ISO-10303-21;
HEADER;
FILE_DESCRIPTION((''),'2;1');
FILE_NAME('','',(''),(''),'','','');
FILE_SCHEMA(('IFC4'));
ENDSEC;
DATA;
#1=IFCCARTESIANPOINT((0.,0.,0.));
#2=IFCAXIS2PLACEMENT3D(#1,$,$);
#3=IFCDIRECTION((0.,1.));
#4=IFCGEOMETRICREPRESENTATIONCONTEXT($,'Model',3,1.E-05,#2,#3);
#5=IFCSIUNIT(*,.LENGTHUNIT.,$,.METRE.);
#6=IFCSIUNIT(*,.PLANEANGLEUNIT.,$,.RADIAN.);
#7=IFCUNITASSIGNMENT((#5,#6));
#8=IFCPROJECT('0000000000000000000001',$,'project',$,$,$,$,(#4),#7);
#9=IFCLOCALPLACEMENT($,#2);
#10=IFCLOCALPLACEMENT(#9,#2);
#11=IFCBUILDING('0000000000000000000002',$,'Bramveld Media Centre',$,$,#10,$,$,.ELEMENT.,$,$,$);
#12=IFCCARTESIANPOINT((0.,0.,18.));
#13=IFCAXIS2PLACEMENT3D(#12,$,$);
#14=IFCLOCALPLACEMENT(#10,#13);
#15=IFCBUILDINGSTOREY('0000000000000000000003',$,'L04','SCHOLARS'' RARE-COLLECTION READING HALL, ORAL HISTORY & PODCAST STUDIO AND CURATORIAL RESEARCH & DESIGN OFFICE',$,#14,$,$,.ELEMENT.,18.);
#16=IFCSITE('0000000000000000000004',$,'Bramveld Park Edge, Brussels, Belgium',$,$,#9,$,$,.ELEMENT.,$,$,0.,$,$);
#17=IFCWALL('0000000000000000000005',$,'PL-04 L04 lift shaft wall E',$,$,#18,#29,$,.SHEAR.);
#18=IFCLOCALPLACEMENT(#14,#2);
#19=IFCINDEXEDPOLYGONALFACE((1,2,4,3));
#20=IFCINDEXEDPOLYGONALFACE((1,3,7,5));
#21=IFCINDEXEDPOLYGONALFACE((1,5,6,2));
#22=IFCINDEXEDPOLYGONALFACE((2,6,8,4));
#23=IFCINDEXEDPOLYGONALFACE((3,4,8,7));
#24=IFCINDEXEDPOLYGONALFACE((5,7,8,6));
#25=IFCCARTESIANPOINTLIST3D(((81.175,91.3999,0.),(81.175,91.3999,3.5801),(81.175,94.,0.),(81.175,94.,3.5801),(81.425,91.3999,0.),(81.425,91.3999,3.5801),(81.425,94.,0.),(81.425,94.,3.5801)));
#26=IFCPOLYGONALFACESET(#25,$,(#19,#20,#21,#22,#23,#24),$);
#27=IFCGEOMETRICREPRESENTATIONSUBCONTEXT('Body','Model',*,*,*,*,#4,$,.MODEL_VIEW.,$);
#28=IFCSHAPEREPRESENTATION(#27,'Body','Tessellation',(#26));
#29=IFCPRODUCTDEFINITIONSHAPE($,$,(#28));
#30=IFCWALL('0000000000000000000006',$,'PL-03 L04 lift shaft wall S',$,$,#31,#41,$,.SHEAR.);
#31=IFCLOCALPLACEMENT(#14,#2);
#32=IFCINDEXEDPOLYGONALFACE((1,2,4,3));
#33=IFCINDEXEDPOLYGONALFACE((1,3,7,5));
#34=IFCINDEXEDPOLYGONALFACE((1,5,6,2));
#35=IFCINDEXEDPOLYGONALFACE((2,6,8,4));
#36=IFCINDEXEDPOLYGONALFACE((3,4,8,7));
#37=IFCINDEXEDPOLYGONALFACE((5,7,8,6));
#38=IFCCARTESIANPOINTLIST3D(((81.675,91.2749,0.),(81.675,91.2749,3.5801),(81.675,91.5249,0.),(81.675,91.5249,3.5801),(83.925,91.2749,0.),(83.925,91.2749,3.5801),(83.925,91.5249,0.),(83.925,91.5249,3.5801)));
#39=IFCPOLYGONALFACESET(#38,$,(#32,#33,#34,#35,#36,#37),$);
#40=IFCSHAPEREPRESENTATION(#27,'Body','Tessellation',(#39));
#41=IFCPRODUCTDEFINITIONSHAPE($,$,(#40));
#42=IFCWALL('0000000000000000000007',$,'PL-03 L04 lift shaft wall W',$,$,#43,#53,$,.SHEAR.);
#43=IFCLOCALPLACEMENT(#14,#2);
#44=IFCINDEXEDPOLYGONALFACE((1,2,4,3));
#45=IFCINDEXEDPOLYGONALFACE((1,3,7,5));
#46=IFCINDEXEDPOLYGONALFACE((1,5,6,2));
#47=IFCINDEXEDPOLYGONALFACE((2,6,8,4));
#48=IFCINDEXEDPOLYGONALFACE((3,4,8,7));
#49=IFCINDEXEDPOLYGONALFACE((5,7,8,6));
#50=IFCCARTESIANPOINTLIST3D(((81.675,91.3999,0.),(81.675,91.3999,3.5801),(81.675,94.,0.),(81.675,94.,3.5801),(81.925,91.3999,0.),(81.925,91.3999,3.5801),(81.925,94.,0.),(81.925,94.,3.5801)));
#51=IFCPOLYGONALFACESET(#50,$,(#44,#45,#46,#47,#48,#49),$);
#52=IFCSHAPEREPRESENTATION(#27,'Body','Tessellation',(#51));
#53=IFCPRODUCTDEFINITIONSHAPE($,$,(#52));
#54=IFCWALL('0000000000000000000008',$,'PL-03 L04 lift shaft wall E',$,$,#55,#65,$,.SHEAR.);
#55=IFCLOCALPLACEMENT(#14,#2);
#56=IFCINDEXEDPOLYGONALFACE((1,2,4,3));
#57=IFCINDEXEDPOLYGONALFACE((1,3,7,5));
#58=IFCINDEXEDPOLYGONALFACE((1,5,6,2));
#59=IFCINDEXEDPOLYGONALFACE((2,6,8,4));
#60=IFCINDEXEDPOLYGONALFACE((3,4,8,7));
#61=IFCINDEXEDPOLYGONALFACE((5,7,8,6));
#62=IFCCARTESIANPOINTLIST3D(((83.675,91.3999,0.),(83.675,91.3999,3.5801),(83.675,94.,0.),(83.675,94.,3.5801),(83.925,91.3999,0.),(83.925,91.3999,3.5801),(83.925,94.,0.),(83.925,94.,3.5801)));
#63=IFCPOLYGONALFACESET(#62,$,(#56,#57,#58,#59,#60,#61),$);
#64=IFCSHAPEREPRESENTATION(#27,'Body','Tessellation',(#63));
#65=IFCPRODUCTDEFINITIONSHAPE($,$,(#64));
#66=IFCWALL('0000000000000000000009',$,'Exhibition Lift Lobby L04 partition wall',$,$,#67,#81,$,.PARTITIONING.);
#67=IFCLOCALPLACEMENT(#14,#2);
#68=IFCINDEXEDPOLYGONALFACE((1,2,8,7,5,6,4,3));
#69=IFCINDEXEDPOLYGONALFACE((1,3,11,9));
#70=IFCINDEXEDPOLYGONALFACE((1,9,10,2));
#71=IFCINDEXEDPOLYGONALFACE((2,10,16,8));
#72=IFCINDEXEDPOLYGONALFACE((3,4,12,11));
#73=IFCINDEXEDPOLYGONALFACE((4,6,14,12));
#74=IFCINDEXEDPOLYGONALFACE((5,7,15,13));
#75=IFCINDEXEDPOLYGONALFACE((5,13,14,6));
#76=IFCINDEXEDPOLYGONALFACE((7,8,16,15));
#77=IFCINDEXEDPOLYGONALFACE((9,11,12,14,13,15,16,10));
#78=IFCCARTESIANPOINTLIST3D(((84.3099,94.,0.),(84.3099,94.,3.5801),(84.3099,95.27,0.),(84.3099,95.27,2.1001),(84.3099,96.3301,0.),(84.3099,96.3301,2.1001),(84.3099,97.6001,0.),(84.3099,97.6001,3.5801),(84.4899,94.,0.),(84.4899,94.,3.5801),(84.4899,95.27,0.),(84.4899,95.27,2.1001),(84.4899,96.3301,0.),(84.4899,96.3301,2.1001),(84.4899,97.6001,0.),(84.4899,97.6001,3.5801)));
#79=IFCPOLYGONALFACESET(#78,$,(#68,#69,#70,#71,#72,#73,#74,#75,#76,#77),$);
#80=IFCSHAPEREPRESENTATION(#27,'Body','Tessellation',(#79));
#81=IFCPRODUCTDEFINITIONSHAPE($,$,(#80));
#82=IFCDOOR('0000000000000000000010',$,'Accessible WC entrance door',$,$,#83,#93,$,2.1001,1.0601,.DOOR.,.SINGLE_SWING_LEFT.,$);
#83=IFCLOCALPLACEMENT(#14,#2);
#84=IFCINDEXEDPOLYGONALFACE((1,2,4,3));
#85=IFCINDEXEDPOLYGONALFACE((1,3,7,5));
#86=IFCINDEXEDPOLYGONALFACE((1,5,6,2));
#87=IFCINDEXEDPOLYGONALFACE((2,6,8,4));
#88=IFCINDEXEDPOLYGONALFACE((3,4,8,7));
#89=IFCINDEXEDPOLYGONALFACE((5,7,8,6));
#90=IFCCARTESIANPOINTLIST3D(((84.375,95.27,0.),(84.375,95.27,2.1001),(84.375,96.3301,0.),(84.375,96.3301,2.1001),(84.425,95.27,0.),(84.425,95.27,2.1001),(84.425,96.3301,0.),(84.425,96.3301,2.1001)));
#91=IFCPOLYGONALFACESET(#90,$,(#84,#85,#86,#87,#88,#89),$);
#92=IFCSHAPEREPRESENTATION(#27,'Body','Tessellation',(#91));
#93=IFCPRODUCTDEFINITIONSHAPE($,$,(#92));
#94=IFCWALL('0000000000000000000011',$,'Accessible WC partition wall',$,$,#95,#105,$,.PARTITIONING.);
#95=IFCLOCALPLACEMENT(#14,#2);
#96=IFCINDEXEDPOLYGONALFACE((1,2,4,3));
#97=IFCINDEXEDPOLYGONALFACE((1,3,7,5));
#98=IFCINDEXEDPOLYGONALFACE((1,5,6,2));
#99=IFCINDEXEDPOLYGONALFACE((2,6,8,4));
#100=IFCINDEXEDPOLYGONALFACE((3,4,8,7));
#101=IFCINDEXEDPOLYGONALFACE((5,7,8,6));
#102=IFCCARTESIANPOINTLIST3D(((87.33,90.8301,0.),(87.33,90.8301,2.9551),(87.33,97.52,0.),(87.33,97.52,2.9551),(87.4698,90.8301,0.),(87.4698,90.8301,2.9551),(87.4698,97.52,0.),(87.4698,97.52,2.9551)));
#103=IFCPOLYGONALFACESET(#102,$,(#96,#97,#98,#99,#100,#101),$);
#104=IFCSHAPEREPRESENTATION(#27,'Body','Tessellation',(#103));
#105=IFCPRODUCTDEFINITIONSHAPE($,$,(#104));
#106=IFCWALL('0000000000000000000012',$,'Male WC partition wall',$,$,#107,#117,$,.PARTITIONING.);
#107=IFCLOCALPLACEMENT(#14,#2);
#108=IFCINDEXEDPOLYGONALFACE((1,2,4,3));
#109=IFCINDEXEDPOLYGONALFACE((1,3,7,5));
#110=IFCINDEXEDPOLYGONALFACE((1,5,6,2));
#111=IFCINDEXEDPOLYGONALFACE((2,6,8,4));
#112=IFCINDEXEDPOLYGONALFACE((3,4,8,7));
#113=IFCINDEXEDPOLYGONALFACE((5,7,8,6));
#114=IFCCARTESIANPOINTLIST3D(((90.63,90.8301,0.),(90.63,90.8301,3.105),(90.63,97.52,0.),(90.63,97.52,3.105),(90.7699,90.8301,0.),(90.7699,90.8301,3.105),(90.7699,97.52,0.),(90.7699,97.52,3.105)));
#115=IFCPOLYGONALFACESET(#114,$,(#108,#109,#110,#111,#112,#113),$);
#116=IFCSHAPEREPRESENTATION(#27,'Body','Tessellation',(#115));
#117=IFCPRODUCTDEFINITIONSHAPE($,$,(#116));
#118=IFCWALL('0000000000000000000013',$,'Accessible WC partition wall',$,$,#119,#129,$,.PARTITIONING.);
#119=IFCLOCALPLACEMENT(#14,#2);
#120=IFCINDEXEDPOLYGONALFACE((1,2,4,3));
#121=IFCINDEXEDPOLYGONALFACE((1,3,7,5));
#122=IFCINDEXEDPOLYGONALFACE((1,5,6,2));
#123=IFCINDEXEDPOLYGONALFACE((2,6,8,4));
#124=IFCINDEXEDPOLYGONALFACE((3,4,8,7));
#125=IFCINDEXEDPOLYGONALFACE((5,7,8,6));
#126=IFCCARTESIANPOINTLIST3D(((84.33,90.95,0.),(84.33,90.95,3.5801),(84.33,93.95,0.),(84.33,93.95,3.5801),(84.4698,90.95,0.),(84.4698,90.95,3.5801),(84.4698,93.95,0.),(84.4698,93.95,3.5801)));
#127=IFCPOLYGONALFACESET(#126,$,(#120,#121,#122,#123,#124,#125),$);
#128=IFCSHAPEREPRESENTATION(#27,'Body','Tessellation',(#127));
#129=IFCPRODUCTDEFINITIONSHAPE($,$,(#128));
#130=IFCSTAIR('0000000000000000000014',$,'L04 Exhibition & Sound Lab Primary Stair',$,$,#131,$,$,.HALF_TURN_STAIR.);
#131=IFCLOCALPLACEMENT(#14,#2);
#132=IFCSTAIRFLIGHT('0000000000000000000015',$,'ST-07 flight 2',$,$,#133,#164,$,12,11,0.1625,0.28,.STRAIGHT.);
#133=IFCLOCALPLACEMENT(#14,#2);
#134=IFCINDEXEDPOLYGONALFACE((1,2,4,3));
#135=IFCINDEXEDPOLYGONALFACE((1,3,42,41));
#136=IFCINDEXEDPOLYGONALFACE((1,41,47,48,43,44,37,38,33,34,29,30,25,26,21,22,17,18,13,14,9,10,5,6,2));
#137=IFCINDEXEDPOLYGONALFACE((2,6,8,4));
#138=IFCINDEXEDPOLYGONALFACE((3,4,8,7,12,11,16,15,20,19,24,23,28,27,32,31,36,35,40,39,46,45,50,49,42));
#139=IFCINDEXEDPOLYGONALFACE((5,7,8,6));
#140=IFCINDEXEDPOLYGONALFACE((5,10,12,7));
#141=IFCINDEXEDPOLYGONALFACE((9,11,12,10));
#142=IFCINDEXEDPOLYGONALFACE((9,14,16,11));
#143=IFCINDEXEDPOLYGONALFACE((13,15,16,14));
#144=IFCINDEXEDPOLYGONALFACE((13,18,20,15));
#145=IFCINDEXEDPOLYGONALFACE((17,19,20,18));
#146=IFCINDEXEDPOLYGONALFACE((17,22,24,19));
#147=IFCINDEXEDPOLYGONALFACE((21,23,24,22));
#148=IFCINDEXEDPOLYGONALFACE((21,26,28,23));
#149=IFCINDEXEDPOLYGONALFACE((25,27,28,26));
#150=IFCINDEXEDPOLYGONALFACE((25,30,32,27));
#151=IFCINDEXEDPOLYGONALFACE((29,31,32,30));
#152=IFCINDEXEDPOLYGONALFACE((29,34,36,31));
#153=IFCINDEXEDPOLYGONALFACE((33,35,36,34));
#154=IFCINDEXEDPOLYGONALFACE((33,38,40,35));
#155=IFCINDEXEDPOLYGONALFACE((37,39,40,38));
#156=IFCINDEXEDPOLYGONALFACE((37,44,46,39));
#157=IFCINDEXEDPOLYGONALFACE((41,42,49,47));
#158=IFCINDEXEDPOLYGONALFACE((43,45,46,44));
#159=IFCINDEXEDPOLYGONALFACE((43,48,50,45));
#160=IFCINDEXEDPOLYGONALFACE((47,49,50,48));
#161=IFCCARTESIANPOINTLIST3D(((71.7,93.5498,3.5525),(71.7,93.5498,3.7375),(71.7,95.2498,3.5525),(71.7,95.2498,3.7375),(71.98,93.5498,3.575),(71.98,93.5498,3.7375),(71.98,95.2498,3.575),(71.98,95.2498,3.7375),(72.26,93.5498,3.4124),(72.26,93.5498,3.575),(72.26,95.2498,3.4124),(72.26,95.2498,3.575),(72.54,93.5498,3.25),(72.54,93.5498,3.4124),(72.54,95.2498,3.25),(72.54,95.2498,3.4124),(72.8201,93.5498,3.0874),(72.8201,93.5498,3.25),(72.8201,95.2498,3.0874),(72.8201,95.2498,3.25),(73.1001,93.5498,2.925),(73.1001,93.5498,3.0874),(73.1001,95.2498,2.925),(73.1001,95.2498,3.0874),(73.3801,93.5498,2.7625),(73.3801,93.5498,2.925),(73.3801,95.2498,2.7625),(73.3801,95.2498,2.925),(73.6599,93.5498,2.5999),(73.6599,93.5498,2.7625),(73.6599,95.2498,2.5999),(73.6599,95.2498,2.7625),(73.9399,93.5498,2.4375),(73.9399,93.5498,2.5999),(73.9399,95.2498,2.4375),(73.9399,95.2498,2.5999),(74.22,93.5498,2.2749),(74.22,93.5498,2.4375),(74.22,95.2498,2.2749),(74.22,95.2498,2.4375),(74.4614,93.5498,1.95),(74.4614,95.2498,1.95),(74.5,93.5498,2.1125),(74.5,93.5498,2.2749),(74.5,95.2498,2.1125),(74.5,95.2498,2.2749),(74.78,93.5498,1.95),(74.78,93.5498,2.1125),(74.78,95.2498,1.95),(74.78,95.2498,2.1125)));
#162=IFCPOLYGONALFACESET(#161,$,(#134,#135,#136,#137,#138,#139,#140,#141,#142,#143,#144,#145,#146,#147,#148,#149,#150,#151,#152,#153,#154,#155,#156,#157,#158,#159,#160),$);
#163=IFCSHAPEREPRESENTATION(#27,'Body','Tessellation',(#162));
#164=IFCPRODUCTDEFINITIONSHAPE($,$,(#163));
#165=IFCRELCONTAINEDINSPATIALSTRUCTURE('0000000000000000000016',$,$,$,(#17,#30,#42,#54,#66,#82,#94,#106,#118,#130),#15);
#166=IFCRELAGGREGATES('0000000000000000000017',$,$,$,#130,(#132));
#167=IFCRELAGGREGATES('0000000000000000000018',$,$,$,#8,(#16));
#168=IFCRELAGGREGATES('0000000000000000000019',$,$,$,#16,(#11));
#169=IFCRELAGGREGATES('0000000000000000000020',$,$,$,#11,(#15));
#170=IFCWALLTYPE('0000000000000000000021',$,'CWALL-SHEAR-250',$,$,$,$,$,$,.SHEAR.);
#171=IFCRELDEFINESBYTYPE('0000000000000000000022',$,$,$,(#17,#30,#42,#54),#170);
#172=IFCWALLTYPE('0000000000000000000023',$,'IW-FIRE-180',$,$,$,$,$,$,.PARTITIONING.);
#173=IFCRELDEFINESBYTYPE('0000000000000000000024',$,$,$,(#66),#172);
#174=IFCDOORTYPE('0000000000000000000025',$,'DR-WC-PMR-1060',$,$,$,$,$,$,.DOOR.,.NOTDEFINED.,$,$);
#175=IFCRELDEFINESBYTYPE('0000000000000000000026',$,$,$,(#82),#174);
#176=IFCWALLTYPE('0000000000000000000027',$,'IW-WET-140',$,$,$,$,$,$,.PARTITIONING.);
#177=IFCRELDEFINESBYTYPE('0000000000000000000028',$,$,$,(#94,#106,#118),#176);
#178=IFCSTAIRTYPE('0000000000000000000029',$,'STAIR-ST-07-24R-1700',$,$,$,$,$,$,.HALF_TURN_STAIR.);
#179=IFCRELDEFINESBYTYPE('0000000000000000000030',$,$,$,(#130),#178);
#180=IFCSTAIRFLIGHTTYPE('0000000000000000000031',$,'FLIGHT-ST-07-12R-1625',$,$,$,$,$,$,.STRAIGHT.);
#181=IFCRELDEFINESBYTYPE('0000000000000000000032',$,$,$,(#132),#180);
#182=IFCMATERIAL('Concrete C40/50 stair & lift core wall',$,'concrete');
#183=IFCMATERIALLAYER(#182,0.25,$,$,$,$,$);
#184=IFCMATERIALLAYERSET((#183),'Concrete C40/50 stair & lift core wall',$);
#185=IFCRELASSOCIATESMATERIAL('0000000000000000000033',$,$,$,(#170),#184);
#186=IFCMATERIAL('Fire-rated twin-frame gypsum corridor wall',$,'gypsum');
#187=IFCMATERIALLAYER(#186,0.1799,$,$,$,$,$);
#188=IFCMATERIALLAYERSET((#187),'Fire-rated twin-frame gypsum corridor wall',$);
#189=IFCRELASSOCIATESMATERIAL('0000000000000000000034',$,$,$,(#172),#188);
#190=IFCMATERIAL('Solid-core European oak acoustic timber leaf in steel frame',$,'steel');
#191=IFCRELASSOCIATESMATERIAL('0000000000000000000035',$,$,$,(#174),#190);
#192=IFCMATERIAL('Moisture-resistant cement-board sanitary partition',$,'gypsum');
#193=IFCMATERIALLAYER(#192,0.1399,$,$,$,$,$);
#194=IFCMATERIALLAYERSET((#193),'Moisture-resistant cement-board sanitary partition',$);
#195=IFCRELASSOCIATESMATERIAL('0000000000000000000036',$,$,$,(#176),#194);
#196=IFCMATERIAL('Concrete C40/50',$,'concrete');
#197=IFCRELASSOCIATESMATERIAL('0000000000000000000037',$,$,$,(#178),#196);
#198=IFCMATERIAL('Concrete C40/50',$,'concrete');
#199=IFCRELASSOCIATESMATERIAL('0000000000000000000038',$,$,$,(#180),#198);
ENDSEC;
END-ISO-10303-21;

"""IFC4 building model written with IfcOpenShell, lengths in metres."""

from ifc_helpers import new_model, si_unit, direction, frame, frame_2d, origin, place, context, subcontext, project, spatial, polyline, rectangle, outline, extrude, material, layer, layer_set, type_object, element, fill, aggregate, save


model = new_model("IFC4")

# Units and contexts
model_context = context("Model", 3, precision=1e-05, world=origin(), true_north=direction((0.0, 1.0)))
body_context = subcontext(model_context, "Body", "Model", "MODEL_VIEW")
ifc_project = project(units=[si_unit("LENGTHUNIT", "METRE"), si_unit("PLANEANGLEUNIT", "RADIAN")], contexts=[model_context])

# Site, building, storey
site_placement = place(None, origin())
site = spatial("IfcSite", under=ifc_project, at=site_placement, Name="Bramveld Park Edge, Brussels, Belgium", CompositionType="ELEMENT", RefElevation=0.0)
building_placement = place(site_placement, origin())
building = spatial("IfcBuilding", under=site, at=building_placement, Name="Bramveld Media Centre", CompositionType="ELEMENT")
storey_placement = place(building_placement, frame((0.0, 0.0, 18.0)))
storey = spatial("IfcBuildingStorey", under=building, at=storey_placement, Name="L04", Description="SCHOLARS' RARE-COLLECTION READING HALL, ORAL HISTORY & PODCAST STUDIO AND CURATORIAL RESEARCH & DESIGN OFFICE", CompositionType="ELEMENT", Elevation=18.0)

# Shared definitions
ifc_material_1 = material(Name="Concrete C40/50 stair & lift core wall", Category="concrete")
ifc_layer_1 = layer(ifc_material_1, 0.25)
ifc_layer_set_1 = layer_set([ifc_layer_1], Name="Concrete C40/50 stair & lift core wall")
wall_type_1 = type_object("IfcWallType", Name="CWALL-SHEAR-250", PredefinedType="SHEAR", material=ifc_layer_set_1)

# Walls
for number, where, z_axis, x_axis, name in (
    (1, (81.3, 91.3999, 0.0), (0.0, 0.0, 1.0), (0.0, 1.0, 0.0), "PL-04 L04 lift shaft wall E"),
):
    element("IfcWall", number, at=place(storey_placement, frame(where, z_axis=z_axis, x_axis=x_axis)), inside=storey, type_object=wall_type_1, Name=name, PredefinedType="SHEAR", context=body_context, shape_type="SweptSolid", body=[
        extrude(rectangle(XDim=2.6001, YDim=0.25, at=frame_2d((1.3, 0.0))), origin(), (0.0, 0.0, 1.0), 3.5801),
    ])
wall_1_placement = place(storey_placement, frame((81.675, 91.3999, 0.0), z_axis=(0.0, 0.0, 1.0), x_axis=(1.0, 0.0, 0.0)))
element("IfcWall", 2, at=wall_1_placement, inside=storey, type_object=wall_type_1, Name="PL-03 L04 lift shaft wall S", PredefinedType="SHEAR", context=body_context, shape_type="SweptSolid", body=[
    extrude(rectangle(XDim=2.25, YDim=0.25, at=frame_2d((1.125, 0.0))), origin(), (0.0, 0.0, 1.0), 3.5801),
])

# Walls
for number, where, z_axis, x_axis, name in (
    (3, (81.8, 94.0, 0.0), (0.0, 0.0, 1.0), (0.0, -1.0, 0.0), "PL-03 L04 lift shaft wall W"),
    (4, (83.8, 91.3999, 0.0), (0.0, 0.0, 1.0), (0.0, 1.0, 0.0), "PL-03 L04 lift shaft wall E"),
):
    element("IfcWall", number, at=place(storey_placement, frame(where, z_axis=z_axis, x_axis=x_axis)), inside=storey, type_object=wall_type_1, Name=name, PredefinedType="SHEAR", context=body_context, shape_type="SweptSolid", body=[
        extrude(rectangle(XDim=2.6001, YDim=0.25, at=frame_2d((1.3, 0.0))), origin(), (0.0, 0.0, 1.0), 3.5801),
    ])

# Wall, opening, door
ifc_material_2 = material(Name="Fire-rated twin-frame gypsum corridor wall", Category="gypsum")
ifc_layer_2 = layer(ifc_material_2, 0.1799)
ifc_layer_set_2 = layer_set([ifc_layer_2], Name="Fire-rated twin-frame gypsum corridor wall")
wall_type_2 = type_object("IfcWallType", Name="IW-FIRE-180", PredefinedType="PARTITIONING", material=ifc_layer_set_2)
wall_2_placement = place(storey_placement, frame((84.3999, 94.0, 0.0), z_axis=(0.0, 0.0, 1.0), x_axis=(0.0, 1.0, 0.0)))
wall_2 = element("IfcWall", 5, at=wall_2_placement, inside=storey, type_object=wall_type_2, Name="Exhibition Lift Lobby L04 partition wall", PredefinedType="PARTITIONING", context=body_context, shape_type="SweptSolid", body=[
    extrude(rectangle(XDim=3.6001, YDim=0.1799, at=frame_2d((1.8, 0.0))), origin(), (0.0, 0.0, 1.0), 3.5801),
])
opening_1_placement = place(wall_2_placement, frame((1.27, 0.0, 0.0)))
opening_1 = element("IfcOpeningElement", 6, at=opening_1_placement, cuts=wall_2, PredefinedType="OPENING", context=body_context, shape_type="SweptSolid", body=[
    extrude(rectangle(XDim=1.0601, YDim=2.1001, at=frame_2d((0.53, 1.05))), frame((0.0, 0.1021, 0.0), z_axis=(0.0, -1.0, 0.0), x_axis=(1.0, 0.0, 0.0)), (0.0, 0.0, 1.0), 0.2039),
])
ifc_material_3 = material(Name="Solid-core European oak acoustic timber leaf in steel frame", Category="steel")
door_type_1 = type_object("IfcDoorType", Name="DR-WC-PMR-1060", OperationType="NOTDEFINED", PredefinedType="DOOR", material=ifc_material_3)
door_1_placement = place(opening_1_placement, origin())
door_1 = element("IfcDoor", 7, at=door_1_placement, inside=storey, type_object=door_type_1, Name="Accessible WC entrance door", OperationType="SINGLE_SWING_LEFT", OverallHeight=2.1001, OverallWidth=1.0601, PredefinedType="DOOR", context=body_context, shape_type="SweptSolid", body=[
    extrude(rectangle(XDim=1.0601, YDim=2.1001, at=frame_2d((0.53, 1.05))), frame((0.0, 0.0249, 0.0), z_axis=(0.0, -1.0, 0.0), x_axis=(1.0, 0.0, 0.0)), (0.0, 0.0, 1.0), 0.05),
])
fill(opening_1, door_1)

# Walls
ifc_material_4 = material(Name="Moisture-resistant cement-board sanitary partition", Category="gypsum")
ifc_layer_3 = layer(ifc_material_4, 0.1399)
ifc_layer_set_3 = layer_set([ifc_layer_3], Name="Moisture-resistant cement-board sanitary partition")
wall_type_3 = type_object("IfcWallType", Name="IW-WET-140", PredefinedType="PARTITIONING", material=ifc_layer_set_3)
wall_3_placement = place(storey_placement, frame((87.3999, 90.8301, 0.0), z_axis=(0.0, 0.0, 1.0), x_axis=(0.0, 1.0, 0.0)))
element("IfcWall", 8, at=wall_3_placement, inside=storey, type_object=wall_type_3, Name="Accessible WC partition wall", PredefinedType="PARTITIONING", context=body_context, shape_type="SweptSolid", body=[
    extrude(rectangle(XDim=6.6899, YDim=0.1399, at=frame_2d((3.345, 0.0))), origin(), (0.0, 0.0, 1.0), 2.9551),
])
wall_4_placement = place(storey_placement, frame((90.7, 90.8301, 0.0), z_axis=(0.0, 0.0, 1.0), x_axis=(0.0, 1.0, 0.0)))
element("IfcWall", 9, at=wall_4_placement, inside=storey, type_object=wall_type_3, Name="Male WC partition wall", PredefinedType="PARTITIONING", context=body_context, shape_type="SweptSolid", body=[
    extrude(rectangle(XDim=6.6899, YDim=0.1399, at=frame_2d((3.345, 0.0))), origin(), (0.0, 0.0, 1.0), 3.105),
])
wall_5_placement = place(storey_placement, frame((84.3999, 90.95, 0.0), z_axis=(0.0, 0.0, 1.0), x_axis=(0.0, 1.0, 0.0)))
element("IfcWall", 10, at=wall_5_placement, inside=storey, type_object=wall_type_3, Name="Accessible WC partition wall", PredefinedType="PARTITIONING", context=body_context, shape_type="SweptSolid", body=[
    extrude(rectangle(XDim=3.0, YDim=0.1399, at=frame_2d((1.5, 0.0))), origin(), (0.0, 0.0, 1.0), 3.5801),
])

# Stair, stair flight
ifc_material_5 = material(Name="Concrete C40/50", Category="concrete")
stair_type = type_object("IfcStairType", Name="STAIR-ST-07-24R-1700", PredefinedType="HALF_TURN_STAIR", material=ifc_material_5)
stair_placement = place(storey_placement, origin())
stair = element("IfcStair", 11, at=stair_placement, inside=storey, type_object=stair_type, Name="L04 Exhibition & Sound Lab Primary Stair", PredefinedType="HALF_TURN_STAIR")
ifc_material_6 = material(Name="Concrete C40/50", Category="concrete")
stair_flight_type = type_object("IfcStairFlightType", Name="FLIGHT-ST-07-12R-1625", PredefinedType="STRAIGHT", material=ifc_material_6)
stair_flight_placement = place(storey_placement, frame((74.78, 94.3999, 1.95), z_axis=(0.0, 0.0, 1.0), x_axis=(-1.0, 0.0, 0.0)))
stair_flight = element("IfcStairFlight", 12, at=stair_flight_placement, type_object=stair_flight_type, Name="ST-07 flight 2", NumberOfRisers=12, NumberOfTreads=11, PredefinedType="STRAIGHT", RiserHeight=0.1625, TreadLength=0.28, context=body_context, shape_type="SweptSolid", body=[
    extrude(outline(polyline([(0.0, 0.0), (0.0, 0.1626), (0.28, 0.1626), (0.28, 0.325), (0.5601, 0.325), (0.5601, 0.4875), (0.8401, 0.4875), (0.8401, 0.6499), (1.1201, 0.6499), (1.1201, 0.8125), (1.3999, 0.8125), (1.3999, 0.9751), (1.6799, 0.9751), (1.6799, 1.1375), (1.96, 1.1375), (1.96, 1.3), (2.24, 1.3), (2.24, 1.4624), (2.52, 1.4624), (2.52, 1.625), (2.8, 1.625), (2.8, 1.7876), (3.0801, 1.7876), (3.0801, 1.95), (3.0801, 1.6025), (0.3186, 0.0), (0.0, 0.0)])), frame((0.0, 0.8501, 0.0), z_axis=(0.0, -1.0, 0.0), x_axis=(1.0, 0.0, 0.0)), (0.0, 0.0, 1.0), 1.7),
])
aggregate(stair, [stair_flight])

save(model, "model.ifc")
